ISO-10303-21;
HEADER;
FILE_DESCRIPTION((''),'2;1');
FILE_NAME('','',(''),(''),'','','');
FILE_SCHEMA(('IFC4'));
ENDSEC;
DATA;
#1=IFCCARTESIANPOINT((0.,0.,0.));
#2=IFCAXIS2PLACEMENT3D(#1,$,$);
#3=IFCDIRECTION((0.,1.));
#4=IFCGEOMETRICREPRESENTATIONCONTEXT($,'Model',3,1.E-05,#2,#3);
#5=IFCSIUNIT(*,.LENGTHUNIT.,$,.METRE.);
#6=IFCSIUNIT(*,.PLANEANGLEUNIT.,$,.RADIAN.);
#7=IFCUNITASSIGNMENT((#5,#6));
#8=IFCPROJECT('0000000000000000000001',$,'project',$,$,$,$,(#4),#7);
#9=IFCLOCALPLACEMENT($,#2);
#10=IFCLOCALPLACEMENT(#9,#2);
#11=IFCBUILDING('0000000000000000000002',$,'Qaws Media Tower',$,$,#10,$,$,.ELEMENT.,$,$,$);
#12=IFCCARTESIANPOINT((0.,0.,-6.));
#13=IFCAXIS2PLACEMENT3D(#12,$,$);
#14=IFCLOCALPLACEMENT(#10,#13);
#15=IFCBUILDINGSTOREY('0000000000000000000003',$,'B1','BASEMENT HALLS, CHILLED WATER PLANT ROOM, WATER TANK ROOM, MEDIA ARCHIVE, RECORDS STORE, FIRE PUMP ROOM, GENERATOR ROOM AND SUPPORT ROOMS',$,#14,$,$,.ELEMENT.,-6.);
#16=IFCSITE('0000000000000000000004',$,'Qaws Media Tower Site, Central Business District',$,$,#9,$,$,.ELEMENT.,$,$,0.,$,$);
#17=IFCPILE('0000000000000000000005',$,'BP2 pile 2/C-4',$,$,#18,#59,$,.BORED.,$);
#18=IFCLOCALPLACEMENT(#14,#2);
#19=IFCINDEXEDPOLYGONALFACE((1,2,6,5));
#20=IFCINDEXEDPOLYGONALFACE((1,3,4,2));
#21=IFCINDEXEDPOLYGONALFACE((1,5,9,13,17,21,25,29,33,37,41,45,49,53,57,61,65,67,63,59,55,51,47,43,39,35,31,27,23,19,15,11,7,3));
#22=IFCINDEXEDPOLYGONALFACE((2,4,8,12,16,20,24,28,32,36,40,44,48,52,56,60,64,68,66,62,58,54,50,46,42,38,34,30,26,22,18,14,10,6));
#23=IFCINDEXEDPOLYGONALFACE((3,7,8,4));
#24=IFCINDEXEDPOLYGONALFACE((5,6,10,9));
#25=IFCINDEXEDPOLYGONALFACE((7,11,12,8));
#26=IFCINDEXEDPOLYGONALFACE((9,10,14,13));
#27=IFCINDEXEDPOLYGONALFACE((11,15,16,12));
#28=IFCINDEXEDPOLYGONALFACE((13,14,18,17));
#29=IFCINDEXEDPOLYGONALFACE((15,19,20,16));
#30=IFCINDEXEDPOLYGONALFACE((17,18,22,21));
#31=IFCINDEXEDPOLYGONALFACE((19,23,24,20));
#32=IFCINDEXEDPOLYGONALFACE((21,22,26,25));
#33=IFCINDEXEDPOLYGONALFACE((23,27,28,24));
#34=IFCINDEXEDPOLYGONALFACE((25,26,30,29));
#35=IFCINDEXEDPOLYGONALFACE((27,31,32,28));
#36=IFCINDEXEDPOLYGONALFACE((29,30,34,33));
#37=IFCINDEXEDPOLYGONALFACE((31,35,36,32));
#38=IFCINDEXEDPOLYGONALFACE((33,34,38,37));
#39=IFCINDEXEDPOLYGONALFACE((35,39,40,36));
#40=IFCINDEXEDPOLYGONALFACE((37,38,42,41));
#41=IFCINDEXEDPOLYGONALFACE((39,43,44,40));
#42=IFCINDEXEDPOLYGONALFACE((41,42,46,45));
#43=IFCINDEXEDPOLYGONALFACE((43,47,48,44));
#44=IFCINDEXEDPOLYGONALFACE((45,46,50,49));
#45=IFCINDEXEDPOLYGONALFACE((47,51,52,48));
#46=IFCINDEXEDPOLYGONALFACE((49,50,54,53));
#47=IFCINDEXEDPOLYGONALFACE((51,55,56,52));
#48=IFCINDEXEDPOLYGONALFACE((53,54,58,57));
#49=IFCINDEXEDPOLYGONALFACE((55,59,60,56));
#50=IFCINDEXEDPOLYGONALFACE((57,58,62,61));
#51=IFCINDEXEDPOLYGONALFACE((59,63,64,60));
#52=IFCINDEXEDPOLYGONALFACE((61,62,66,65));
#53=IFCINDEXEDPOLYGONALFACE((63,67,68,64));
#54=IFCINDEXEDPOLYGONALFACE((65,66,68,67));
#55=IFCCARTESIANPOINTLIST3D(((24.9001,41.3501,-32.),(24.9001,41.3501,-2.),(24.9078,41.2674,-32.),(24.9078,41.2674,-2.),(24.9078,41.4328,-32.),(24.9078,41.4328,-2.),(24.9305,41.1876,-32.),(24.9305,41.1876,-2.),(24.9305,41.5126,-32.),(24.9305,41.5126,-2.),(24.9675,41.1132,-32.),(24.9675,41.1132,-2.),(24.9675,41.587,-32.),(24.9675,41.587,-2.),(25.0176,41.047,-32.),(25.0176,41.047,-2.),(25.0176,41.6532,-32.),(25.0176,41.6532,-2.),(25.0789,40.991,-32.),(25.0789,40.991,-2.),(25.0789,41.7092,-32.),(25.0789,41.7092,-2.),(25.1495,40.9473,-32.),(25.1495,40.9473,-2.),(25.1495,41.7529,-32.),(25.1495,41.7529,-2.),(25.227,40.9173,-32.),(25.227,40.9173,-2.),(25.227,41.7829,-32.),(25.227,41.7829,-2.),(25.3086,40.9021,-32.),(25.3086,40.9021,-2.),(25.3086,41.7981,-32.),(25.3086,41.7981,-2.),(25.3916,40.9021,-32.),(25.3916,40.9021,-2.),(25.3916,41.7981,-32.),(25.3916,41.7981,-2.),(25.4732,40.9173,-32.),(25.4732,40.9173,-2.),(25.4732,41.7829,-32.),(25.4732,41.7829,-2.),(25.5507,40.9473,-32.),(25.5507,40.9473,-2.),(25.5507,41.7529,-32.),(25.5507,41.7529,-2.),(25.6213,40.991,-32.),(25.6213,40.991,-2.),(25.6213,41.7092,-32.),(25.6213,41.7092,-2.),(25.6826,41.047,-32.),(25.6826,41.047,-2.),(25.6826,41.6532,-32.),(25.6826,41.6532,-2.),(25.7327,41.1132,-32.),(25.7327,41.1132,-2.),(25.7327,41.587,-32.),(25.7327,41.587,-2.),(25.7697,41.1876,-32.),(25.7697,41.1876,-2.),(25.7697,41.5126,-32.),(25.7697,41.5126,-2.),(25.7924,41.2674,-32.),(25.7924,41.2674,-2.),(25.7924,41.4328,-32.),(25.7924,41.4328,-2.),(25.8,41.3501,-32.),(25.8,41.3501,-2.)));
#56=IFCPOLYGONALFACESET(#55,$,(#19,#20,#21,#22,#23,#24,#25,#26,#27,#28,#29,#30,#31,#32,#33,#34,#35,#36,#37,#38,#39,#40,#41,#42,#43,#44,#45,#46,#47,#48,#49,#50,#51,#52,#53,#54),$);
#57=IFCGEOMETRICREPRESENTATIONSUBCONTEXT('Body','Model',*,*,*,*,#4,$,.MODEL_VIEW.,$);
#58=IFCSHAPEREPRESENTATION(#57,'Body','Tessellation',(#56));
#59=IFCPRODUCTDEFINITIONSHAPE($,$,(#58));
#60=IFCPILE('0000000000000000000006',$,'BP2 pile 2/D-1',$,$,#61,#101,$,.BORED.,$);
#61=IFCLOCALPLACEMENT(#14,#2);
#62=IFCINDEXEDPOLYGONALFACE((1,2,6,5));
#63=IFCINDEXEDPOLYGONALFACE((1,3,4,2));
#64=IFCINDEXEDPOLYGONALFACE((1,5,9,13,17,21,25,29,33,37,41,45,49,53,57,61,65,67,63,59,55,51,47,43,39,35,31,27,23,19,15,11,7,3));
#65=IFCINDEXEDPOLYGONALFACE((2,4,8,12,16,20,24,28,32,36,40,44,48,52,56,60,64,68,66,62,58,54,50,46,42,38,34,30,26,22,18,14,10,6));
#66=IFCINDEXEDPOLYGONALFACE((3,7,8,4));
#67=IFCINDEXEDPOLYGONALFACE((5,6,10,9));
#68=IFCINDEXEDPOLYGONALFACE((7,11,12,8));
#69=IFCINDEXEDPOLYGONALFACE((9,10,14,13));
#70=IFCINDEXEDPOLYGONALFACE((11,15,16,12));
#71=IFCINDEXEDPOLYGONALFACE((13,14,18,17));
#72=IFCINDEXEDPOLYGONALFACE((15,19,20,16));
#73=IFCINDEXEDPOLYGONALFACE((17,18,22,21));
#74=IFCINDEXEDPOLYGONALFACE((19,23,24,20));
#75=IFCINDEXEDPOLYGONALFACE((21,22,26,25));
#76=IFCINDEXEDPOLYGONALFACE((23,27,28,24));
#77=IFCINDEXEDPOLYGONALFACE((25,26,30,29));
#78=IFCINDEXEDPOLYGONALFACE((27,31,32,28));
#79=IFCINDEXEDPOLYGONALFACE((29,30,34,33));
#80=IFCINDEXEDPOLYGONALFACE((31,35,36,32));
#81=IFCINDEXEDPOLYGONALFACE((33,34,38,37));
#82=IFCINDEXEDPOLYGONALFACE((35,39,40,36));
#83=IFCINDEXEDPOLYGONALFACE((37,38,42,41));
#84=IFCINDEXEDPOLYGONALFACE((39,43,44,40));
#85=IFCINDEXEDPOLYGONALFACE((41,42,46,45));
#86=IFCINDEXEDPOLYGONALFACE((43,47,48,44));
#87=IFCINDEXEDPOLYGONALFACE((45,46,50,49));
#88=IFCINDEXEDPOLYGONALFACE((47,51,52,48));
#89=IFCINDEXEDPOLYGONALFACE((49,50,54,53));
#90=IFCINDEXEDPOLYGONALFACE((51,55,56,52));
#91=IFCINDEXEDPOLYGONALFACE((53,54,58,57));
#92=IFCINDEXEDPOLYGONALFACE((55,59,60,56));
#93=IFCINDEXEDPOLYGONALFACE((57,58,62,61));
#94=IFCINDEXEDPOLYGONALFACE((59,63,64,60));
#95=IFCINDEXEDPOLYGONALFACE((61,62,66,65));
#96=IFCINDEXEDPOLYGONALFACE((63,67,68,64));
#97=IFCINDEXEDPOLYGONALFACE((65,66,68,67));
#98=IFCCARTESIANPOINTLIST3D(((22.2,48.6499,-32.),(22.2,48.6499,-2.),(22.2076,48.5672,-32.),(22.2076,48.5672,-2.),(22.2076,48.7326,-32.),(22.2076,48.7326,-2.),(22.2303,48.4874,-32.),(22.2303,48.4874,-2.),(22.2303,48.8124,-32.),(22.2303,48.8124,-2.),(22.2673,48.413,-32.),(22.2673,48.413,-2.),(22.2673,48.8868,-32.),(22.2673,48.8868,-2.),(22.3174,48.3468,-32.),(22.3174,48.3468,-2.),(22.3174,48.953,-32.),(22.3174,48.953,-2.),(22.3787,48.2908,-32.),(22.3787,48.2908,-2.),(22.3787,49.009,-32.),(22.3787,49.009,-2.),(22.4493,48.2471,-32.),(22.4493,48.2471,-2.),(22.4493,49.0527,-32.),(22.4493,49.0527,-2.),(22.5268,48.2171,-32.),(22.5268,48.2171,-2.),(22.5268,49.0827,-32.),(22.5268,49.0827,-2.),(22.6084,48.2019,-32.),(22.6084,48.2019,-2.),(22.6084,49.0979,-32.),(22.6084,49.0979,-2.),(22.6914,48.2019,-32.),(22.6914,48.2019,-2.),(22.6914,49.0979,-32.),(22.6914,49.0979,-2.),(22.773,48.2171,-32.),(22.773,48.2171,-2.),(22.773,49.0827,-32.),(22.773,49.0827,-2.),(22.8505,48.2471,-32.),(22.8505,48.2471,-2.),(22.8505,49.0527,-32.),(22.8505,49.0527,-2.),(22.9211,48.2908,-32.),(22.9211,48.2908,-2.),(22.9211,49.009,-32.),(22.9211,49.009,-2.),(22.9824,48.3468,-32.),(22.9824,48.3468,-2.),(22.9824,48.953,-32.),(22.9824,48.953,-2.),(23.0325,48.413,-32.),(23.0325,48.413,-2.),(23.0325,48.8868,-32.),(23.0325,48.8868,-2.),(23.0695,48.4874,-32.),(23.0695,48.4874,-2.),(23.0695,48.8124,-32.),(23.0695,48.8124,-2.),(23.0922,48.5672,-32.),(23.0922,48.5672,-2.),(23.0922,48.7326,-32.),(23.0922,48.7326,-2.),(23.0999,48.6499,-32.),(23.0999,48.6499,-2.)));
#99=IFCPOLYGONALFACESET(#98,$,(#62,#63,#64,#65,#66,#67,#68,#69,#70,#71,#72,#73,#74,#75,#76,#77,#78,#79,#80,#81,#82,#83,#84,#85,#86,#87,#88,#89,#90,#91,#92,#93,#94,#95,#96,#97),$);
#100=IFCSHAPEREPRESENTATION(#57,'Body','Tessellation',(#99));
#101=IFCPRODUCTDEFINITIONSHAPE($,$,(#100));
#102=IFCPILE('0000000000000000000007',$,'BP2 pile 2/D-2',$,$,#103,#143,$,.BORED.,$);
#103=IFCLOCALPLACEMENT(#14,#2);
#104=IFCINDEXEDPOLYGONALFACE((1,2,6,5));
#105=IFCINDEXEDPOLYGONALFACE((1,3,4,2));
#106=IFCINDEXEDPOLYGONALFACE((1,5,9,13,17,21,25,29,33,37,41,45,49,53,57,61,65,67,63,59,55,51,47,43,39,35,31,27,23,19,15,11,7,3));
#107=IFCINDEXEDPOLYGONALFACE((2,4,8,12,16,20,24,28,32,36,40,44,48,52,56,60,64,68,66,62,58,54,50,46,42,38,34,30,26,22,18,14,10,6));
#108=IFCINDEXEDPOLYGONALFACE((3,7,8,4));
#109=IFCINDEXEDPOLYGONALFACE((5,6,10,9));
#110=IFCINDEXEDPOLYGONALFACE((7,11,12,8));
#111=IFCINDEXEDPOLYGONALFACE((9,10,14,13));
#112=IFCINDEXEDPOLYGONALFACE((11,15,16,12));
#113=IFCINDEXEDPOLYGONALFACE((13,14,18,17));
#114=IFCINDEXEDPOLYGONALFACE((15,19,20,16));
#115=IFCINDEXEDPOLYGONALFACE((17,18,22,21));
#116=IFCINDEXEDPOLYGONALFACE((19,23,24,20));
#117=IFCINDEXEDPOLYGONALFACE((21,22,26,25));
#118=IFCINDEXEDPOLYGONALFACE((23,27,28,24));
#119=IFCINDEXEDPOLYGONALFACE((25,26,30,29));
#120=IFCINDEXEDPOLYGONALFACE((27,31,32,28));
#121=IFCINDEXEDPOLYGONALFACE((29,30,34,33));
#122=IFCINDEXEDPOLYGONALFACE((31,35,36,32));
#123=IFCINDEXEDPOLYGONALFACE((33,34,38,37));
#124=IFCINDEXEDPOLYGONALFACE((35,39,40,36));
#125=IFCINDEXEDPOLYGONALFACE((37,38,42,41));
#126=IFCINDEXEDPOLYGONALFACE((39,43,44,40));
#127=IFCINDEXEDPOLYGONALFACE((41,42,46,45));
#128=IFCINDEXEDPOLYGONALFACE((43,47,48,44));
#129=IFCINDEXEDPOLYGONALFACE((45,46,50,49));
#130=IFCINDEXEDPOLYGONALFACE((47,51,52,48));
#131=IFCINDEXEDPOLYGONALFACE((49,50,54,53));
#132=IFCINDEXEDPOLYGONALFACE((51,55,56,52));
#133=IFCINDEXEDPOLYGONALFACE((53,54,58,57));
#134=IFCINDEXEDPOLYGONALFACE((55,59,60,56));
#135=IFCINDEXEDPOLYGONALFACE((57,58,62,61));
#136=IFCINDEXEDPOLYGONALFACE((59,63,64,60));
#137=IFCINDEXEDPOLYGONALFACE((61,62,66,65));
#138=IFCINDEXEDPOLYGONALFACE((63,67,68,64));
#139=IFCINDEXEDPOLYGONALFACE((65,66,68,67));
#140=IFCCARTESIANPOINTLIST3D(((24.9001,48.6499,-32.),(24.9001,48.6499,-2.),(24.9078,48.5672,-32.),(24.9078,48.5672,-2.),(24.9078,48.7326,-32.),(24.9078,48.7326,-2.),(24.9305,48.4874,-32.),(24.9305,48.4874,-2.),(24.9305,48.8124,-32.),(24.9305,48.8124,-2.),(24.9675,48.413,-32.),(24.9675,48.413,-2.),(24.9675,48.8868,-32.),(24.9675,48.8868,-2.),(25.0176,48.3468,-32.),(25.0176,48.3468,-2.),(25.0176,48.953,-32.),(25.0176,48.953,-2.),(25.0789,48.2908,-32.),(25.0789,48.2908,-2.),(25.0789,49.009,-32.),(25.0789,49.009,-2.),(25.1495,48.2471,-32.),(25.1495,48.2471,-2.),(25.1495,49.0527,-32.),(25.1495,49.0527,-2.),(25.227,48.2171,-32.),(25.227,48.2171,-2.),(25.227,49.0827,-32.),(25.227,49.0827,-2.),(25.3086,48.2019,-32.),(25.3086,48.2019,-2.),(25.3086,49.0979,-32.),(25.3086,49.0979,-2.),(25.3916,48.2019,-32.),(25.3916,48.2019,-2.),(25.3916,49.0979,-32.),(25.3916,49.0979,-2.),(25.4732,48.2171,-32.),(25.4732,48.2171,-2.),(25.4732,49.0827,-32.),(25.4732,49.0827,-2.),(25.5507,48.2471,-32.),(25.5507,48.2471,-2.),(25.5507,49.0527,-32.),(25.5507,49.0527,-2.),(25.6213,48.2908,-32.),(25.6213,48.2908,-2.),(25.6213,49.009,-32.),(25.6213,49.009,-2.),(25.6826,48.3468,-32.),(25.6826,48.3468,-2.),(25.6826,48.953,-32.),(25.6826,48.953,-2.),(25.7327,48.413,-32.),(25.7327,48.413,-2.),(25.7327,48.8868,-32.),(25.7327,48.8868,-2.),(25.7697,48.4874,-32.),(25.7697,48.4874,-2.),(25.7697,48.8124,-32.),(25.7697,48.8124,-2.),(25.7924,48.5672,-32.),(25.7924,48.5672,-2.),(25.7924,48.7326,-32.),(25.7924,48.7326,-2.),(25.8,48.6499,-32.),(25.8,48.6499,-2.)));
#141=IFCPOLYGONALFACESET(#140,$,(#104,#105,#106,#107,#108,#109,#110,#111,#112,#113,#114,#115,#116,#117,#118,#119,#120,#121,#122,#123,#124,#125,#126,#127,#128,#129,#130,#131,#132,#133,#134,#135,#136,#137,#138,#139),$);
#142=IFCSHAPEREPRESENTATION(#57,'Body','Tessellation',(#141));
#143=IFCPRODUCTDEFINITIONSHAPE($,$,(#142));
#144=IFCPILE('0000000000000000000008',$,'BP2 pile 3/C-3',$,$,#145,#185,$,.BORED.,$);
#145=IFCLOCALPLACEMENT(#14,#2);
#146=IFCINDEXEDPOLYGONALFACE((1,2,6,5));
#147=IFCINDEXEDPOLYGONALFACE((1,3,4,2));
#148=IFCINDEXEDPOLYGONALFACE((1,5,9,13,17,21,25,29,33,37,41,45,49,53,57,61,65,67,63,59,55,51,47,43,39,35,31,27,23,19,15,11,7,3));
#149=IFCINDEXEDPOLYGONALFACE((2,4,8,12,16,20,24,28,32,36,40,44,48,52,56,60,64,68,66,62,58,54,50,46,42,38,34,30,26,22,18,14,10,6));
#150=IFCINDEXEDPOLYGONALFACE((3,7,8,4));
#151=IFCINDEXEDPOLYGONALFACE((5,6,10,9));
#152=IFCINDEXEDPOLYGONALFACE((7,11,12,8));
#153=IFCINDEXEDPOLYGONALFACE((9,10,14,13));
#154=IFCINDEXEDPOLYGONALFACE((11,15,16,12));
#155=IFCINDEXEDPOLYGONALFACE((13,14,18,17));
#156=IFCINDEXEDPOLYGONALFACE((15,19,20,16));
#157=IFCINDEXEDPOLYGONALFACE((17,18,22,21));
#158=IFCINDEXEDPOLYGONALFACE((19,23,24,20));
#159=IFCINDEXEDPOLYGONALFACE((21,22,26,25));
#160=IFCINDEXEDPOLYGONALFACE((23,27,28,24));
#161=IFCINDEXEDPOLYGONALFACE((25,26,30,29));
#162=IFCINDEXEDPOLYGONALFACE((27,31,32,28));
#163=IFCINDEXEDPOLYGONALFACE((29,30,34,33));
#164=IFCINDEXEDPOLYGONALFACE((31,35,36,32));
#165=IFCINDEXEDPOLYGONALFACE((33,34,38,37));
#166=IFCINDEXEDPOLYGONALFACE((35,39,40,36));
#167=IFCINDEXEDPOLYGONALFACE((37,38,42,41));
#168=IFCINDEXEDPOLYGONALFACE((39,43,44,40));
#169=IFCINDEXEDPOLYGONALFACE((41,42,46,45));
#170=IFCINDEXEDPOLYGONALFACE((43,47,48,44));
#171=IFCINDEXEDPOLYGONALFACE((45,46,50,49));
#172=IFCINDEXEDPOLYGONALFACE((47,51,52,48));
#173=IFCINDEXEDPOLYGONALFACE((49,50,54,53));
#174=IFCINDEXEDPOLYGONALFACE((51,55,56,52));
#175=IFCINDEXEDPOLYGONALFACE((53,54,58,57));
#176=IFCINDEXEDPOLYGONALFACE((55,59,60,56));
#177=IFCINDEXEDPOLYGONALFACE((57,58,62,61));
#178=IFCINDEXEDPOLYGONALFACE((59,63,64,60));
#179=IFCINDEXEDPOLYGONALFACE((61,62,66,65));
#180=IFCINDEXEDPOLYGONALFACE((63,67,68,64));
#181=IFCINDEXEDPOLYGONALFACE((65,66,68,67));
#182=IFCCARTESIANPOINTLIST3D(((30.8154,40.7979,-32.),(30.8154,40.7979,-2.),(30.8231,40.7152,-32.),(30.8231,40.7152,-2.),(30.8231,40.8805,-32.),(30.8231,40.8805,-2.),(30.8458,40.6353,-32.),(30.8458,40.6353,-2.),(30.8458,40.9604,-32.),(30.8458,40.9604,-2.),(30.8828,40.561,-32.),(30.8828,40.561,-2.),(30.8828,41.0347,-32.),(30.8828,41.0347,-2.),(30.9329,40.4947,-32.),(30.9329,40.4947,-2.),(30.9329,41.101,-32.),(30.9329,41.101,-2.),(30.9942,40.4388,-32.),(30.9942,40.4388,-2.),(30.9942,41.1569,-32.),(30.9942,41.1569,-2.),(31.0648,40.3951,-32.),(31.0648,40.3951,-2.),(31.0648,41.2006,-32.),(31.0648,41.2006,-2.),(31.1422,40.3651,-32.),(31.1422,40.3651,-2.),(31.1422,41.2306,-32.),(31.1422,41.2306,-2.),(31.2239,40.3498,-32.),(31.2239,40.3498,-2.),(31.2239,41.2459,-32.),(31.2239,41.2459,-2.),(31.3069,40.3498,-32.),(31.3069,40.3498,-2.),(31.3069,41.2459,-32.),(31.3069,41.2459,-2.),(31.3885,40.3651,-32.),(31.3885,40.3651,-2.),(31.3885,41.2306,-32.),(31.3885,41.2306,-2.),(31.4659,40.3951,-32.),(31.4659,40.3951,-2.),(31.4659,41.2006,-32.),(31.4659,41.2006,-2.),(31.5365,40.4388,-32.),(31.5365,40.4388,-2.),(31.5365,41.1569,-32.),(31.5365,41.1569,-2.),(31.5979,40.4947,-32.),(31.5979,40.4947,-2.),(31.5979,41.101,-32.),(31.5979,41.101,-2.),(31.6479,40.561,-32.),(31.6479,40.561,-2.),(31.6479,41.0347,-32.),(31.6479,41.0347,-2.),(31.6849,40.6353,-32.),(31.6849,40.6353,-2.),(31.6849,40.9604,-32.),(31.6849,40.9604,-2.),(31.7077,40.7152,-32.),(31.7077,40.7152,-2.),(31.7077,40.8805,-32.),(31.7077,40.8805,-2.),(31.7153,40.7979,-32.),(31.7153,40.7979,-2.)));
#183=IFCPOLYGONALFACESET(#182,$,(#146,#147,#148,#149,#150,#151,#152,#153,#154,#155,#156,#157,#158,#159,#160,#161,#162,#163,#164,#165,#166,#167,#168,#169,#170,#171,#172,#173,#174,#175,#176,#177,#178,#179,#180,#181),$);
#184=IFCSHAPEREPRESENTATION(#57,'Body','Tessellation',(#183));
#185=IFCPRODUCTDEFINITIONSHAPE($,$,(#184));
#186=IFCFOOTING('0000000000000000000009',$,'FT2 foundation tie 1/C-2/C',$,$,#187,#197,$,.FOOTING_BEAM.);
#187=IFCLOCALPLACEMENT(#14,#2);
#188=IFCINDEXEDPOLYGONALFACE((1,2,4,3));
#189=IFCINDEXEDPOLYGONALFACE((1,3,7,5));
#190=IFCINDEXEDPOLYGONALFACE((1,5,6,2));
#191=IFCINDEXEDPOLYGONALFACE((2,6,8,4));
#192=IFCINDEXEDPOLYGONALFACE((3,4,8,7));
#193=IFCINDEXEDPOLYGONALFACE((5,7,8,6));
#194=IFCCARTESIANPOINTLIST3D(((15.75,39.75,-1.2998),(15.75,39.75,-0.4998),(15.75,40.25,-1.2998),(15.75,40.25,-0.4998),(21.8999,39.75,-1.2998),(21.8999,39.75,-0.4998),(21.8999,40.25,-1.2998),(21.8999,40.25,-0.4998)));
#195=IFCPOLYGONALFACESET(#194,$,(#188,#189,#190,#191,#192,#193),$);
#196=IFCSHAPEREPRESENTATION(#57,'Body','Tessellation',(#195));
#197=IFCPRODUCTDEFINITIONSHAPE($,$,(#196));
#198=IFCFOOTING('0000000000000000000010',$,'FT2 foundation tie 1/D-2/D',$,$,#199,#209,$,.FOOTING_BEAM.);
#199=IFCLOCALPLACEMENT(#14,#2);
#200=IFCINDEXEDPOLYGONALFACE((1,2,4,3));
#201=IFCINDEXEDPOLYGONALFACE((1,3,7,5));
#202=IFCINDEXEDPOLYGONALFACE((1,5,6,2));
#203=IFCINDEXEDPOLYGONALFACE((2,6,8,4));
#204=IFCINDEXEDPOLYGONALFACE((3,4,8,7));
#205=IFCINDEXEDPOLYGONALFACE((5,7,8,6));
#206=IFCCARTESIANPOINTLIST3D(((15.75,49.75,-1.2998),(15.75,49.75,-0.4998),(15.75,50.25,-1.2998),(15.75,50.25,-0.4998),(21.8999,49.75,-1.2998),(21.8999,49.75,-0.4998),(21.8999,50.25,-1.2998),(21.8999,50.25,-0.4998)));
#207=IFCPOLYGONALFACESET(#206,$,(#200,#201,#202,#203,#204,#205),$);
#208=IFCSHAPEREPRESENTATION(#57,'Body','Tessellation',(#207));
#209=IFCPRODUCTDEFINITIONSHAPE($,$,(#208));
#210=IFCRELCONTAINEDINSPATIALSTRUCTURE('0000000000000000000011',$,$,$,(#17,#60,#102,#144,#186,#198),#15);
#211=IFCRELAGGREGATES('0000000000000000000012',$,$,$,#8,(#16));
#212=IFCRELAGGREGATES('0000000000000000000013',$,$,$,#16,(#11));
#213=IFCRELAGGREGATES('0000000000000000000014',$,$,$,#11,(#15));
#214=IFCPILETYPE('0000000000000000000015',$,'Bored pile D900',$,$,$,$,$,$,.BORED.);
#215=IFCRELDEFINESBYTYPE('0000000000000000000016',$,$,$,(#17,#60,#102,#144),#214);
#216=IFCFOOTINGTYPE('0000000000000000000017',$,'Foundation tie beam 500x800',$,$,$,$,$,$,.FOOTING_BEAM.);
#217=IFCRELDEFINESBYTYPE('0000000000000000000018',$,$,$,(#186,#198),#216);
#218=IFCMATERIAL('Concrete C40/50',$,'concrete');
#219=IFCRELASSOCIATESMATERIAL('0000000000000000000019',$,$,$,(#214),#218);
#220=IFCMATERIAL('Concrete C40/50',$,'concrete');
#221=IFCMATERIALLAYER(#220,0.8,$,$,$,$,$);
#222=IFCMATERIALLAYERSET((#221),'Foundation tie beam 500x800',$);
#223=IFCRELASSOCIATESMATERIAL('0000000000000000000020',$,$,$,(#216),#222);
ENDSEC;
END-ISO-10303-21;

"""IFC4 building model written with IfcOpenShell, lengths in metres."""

from ifc_helpers import new_model, si_unit, direction, frame, origin, origin_2d, place, context, subcontext, project, spatial, rectangle, circle, extrude, material, layer, layer_set, material_profile, profile_set, type_object, element, save


model = new_model("IFC4")

# Units and contexts
model_context = context("Model", 3, precision=1e-05, world=origin(), true_north=direction((0.0, 1.0)))
body_context = subcontext(model_context, "Body", "Model", "MODEL_VIEW")
ifc_project = project(units=[si_unit("LENGTHUNIT", "METRE"), si_unit("PLANEANGLEUNIT", "RADIAN")], contexts=[model_context])

# Site, building, storey
site_placement = place(None, origin())
site = spatial("IfcSite", under=ifc_project, at=site_placement, Name="Qaws Media Tower Site, Central Business District", CompositionType="ELEMENT", RefElevation=0.0)
building_placement = place(site_placement, origin())
building = spatial("IfcBuilding", under=site, at=building_placement, Name="Qaws Media Tower", CompositionType="ELEMENT")
storey_placement = place(building_placement, frame((0.0, 0.0, -6.0)))
storey = spatial("IfcBuildingStorey", under=building, at=storey_placement, Name="B1", Description="BASEMENT HALLS, CHILLED WATER PLANT ROOM, WATER TANK ROOM, MEDIA ARCHIVE, RECORDS STORE, FIRE PUMP ROOM, GENERATOR ROOM AND SUPPORT ROOMS", CompositionType="ELEMENT", Elevation=-6.0)

# Piles
ifc_material_1 = material(Name="Concrete C40/50", Category="concrete")
ifc_material_profile_1 = material_profile(ifc_material_1, circle(Radius=0.45, at=origin_2d()), Name="D900")
ifc_profile_set_1 = profile_set([ifc_material_profile_1], Name="Concrete C40/50")
pile_type = type_object("IfcPileType", Name="Bored pile D900", PredefinedType="BORED", material=ifc_profile_set_1)
for number, where, z_axis, x_axis, name in (
    (1, (25.3501, 41.3501, -2.0), (0.0, 0.0, -1.0), (1.0, 0.0, 0.0), "BP2 pile 2/C-4"),
    (2, (22.6499, 48.6499, -2.0), (0.0, 0.0, -1.0), (1.0, 0.0, 0.0), "BP2 pile 2/D-1"),
    (3, (25.3501, 48.6499, -2.0), (0.0, 0.0, -1.0), (1.0, 0.0, 0.0), "BP2 pile 2/D-2"),
    (4, (31.2654, 40.7979, -2.0), (0.0, 0.0, -1.0), (1.0, 0.0, 0.0), "BP2 pile 3/C-3"),
):
    element("IfcPile", number, at=place(storey_placement, frame(where, z_axis=z_axis, x_axis=x_axis)), inside=storey, type_object=pile_type, Name=name, PredefinedType="BORED", context=body_context, shape_type="SweptSolid", body=[
        extrude(circle(Radius=0.45, at=origin_2d()), origin(), (0.0, 0.0, 1.0), 30.0),
    ])

# Footings
ifc_material_2 = material(Name="Concrete C40/50", Category="concrete")
ifc_layer_1 = layer(ifc_material_2, 0.8)
ifc_layer_set_1 = layer_set([ifc_layer_1], Name="Foundation tie beam 500x800")
footing_type_1 = type_object("IfcFootingType", Name="Foundation tie beam 500x800", PredefinedType="FOOTING_BEAM", material=ifc_layer_set_1)
for number, where, z_axis, x_axis, name in (
    (5, (18.825, 40.0, -1.2998), (0.0, 0.0, 1.0), (1.0, 0.0, 0.0), "FT2 foundation tie 1/C-2/C"),
    (6, (18.825, 50.0, -1.2998), (0.0, 0.0, 1.0), (1.0, 0.0, 0.0), "FT2 foundation tie 1/D-2/D"),
):
    element("IfcFooting", number, at=place(storey_placement, frame(where, z_axis=z_axis, x_axis=x_axis)), inside=storey, type_object=footing_type_1, Name=name, PredefinedType="FOOTING_BEAM", context=body_context, shape_type="SweptSolid", body=[
        extrude(rectangle(XDim=6.1499, YDim=0.5, at=origin_2d()), origin(), (0.0, 0.0, 1.0), 0.8),
    ])

save(model, "model.ifc")
